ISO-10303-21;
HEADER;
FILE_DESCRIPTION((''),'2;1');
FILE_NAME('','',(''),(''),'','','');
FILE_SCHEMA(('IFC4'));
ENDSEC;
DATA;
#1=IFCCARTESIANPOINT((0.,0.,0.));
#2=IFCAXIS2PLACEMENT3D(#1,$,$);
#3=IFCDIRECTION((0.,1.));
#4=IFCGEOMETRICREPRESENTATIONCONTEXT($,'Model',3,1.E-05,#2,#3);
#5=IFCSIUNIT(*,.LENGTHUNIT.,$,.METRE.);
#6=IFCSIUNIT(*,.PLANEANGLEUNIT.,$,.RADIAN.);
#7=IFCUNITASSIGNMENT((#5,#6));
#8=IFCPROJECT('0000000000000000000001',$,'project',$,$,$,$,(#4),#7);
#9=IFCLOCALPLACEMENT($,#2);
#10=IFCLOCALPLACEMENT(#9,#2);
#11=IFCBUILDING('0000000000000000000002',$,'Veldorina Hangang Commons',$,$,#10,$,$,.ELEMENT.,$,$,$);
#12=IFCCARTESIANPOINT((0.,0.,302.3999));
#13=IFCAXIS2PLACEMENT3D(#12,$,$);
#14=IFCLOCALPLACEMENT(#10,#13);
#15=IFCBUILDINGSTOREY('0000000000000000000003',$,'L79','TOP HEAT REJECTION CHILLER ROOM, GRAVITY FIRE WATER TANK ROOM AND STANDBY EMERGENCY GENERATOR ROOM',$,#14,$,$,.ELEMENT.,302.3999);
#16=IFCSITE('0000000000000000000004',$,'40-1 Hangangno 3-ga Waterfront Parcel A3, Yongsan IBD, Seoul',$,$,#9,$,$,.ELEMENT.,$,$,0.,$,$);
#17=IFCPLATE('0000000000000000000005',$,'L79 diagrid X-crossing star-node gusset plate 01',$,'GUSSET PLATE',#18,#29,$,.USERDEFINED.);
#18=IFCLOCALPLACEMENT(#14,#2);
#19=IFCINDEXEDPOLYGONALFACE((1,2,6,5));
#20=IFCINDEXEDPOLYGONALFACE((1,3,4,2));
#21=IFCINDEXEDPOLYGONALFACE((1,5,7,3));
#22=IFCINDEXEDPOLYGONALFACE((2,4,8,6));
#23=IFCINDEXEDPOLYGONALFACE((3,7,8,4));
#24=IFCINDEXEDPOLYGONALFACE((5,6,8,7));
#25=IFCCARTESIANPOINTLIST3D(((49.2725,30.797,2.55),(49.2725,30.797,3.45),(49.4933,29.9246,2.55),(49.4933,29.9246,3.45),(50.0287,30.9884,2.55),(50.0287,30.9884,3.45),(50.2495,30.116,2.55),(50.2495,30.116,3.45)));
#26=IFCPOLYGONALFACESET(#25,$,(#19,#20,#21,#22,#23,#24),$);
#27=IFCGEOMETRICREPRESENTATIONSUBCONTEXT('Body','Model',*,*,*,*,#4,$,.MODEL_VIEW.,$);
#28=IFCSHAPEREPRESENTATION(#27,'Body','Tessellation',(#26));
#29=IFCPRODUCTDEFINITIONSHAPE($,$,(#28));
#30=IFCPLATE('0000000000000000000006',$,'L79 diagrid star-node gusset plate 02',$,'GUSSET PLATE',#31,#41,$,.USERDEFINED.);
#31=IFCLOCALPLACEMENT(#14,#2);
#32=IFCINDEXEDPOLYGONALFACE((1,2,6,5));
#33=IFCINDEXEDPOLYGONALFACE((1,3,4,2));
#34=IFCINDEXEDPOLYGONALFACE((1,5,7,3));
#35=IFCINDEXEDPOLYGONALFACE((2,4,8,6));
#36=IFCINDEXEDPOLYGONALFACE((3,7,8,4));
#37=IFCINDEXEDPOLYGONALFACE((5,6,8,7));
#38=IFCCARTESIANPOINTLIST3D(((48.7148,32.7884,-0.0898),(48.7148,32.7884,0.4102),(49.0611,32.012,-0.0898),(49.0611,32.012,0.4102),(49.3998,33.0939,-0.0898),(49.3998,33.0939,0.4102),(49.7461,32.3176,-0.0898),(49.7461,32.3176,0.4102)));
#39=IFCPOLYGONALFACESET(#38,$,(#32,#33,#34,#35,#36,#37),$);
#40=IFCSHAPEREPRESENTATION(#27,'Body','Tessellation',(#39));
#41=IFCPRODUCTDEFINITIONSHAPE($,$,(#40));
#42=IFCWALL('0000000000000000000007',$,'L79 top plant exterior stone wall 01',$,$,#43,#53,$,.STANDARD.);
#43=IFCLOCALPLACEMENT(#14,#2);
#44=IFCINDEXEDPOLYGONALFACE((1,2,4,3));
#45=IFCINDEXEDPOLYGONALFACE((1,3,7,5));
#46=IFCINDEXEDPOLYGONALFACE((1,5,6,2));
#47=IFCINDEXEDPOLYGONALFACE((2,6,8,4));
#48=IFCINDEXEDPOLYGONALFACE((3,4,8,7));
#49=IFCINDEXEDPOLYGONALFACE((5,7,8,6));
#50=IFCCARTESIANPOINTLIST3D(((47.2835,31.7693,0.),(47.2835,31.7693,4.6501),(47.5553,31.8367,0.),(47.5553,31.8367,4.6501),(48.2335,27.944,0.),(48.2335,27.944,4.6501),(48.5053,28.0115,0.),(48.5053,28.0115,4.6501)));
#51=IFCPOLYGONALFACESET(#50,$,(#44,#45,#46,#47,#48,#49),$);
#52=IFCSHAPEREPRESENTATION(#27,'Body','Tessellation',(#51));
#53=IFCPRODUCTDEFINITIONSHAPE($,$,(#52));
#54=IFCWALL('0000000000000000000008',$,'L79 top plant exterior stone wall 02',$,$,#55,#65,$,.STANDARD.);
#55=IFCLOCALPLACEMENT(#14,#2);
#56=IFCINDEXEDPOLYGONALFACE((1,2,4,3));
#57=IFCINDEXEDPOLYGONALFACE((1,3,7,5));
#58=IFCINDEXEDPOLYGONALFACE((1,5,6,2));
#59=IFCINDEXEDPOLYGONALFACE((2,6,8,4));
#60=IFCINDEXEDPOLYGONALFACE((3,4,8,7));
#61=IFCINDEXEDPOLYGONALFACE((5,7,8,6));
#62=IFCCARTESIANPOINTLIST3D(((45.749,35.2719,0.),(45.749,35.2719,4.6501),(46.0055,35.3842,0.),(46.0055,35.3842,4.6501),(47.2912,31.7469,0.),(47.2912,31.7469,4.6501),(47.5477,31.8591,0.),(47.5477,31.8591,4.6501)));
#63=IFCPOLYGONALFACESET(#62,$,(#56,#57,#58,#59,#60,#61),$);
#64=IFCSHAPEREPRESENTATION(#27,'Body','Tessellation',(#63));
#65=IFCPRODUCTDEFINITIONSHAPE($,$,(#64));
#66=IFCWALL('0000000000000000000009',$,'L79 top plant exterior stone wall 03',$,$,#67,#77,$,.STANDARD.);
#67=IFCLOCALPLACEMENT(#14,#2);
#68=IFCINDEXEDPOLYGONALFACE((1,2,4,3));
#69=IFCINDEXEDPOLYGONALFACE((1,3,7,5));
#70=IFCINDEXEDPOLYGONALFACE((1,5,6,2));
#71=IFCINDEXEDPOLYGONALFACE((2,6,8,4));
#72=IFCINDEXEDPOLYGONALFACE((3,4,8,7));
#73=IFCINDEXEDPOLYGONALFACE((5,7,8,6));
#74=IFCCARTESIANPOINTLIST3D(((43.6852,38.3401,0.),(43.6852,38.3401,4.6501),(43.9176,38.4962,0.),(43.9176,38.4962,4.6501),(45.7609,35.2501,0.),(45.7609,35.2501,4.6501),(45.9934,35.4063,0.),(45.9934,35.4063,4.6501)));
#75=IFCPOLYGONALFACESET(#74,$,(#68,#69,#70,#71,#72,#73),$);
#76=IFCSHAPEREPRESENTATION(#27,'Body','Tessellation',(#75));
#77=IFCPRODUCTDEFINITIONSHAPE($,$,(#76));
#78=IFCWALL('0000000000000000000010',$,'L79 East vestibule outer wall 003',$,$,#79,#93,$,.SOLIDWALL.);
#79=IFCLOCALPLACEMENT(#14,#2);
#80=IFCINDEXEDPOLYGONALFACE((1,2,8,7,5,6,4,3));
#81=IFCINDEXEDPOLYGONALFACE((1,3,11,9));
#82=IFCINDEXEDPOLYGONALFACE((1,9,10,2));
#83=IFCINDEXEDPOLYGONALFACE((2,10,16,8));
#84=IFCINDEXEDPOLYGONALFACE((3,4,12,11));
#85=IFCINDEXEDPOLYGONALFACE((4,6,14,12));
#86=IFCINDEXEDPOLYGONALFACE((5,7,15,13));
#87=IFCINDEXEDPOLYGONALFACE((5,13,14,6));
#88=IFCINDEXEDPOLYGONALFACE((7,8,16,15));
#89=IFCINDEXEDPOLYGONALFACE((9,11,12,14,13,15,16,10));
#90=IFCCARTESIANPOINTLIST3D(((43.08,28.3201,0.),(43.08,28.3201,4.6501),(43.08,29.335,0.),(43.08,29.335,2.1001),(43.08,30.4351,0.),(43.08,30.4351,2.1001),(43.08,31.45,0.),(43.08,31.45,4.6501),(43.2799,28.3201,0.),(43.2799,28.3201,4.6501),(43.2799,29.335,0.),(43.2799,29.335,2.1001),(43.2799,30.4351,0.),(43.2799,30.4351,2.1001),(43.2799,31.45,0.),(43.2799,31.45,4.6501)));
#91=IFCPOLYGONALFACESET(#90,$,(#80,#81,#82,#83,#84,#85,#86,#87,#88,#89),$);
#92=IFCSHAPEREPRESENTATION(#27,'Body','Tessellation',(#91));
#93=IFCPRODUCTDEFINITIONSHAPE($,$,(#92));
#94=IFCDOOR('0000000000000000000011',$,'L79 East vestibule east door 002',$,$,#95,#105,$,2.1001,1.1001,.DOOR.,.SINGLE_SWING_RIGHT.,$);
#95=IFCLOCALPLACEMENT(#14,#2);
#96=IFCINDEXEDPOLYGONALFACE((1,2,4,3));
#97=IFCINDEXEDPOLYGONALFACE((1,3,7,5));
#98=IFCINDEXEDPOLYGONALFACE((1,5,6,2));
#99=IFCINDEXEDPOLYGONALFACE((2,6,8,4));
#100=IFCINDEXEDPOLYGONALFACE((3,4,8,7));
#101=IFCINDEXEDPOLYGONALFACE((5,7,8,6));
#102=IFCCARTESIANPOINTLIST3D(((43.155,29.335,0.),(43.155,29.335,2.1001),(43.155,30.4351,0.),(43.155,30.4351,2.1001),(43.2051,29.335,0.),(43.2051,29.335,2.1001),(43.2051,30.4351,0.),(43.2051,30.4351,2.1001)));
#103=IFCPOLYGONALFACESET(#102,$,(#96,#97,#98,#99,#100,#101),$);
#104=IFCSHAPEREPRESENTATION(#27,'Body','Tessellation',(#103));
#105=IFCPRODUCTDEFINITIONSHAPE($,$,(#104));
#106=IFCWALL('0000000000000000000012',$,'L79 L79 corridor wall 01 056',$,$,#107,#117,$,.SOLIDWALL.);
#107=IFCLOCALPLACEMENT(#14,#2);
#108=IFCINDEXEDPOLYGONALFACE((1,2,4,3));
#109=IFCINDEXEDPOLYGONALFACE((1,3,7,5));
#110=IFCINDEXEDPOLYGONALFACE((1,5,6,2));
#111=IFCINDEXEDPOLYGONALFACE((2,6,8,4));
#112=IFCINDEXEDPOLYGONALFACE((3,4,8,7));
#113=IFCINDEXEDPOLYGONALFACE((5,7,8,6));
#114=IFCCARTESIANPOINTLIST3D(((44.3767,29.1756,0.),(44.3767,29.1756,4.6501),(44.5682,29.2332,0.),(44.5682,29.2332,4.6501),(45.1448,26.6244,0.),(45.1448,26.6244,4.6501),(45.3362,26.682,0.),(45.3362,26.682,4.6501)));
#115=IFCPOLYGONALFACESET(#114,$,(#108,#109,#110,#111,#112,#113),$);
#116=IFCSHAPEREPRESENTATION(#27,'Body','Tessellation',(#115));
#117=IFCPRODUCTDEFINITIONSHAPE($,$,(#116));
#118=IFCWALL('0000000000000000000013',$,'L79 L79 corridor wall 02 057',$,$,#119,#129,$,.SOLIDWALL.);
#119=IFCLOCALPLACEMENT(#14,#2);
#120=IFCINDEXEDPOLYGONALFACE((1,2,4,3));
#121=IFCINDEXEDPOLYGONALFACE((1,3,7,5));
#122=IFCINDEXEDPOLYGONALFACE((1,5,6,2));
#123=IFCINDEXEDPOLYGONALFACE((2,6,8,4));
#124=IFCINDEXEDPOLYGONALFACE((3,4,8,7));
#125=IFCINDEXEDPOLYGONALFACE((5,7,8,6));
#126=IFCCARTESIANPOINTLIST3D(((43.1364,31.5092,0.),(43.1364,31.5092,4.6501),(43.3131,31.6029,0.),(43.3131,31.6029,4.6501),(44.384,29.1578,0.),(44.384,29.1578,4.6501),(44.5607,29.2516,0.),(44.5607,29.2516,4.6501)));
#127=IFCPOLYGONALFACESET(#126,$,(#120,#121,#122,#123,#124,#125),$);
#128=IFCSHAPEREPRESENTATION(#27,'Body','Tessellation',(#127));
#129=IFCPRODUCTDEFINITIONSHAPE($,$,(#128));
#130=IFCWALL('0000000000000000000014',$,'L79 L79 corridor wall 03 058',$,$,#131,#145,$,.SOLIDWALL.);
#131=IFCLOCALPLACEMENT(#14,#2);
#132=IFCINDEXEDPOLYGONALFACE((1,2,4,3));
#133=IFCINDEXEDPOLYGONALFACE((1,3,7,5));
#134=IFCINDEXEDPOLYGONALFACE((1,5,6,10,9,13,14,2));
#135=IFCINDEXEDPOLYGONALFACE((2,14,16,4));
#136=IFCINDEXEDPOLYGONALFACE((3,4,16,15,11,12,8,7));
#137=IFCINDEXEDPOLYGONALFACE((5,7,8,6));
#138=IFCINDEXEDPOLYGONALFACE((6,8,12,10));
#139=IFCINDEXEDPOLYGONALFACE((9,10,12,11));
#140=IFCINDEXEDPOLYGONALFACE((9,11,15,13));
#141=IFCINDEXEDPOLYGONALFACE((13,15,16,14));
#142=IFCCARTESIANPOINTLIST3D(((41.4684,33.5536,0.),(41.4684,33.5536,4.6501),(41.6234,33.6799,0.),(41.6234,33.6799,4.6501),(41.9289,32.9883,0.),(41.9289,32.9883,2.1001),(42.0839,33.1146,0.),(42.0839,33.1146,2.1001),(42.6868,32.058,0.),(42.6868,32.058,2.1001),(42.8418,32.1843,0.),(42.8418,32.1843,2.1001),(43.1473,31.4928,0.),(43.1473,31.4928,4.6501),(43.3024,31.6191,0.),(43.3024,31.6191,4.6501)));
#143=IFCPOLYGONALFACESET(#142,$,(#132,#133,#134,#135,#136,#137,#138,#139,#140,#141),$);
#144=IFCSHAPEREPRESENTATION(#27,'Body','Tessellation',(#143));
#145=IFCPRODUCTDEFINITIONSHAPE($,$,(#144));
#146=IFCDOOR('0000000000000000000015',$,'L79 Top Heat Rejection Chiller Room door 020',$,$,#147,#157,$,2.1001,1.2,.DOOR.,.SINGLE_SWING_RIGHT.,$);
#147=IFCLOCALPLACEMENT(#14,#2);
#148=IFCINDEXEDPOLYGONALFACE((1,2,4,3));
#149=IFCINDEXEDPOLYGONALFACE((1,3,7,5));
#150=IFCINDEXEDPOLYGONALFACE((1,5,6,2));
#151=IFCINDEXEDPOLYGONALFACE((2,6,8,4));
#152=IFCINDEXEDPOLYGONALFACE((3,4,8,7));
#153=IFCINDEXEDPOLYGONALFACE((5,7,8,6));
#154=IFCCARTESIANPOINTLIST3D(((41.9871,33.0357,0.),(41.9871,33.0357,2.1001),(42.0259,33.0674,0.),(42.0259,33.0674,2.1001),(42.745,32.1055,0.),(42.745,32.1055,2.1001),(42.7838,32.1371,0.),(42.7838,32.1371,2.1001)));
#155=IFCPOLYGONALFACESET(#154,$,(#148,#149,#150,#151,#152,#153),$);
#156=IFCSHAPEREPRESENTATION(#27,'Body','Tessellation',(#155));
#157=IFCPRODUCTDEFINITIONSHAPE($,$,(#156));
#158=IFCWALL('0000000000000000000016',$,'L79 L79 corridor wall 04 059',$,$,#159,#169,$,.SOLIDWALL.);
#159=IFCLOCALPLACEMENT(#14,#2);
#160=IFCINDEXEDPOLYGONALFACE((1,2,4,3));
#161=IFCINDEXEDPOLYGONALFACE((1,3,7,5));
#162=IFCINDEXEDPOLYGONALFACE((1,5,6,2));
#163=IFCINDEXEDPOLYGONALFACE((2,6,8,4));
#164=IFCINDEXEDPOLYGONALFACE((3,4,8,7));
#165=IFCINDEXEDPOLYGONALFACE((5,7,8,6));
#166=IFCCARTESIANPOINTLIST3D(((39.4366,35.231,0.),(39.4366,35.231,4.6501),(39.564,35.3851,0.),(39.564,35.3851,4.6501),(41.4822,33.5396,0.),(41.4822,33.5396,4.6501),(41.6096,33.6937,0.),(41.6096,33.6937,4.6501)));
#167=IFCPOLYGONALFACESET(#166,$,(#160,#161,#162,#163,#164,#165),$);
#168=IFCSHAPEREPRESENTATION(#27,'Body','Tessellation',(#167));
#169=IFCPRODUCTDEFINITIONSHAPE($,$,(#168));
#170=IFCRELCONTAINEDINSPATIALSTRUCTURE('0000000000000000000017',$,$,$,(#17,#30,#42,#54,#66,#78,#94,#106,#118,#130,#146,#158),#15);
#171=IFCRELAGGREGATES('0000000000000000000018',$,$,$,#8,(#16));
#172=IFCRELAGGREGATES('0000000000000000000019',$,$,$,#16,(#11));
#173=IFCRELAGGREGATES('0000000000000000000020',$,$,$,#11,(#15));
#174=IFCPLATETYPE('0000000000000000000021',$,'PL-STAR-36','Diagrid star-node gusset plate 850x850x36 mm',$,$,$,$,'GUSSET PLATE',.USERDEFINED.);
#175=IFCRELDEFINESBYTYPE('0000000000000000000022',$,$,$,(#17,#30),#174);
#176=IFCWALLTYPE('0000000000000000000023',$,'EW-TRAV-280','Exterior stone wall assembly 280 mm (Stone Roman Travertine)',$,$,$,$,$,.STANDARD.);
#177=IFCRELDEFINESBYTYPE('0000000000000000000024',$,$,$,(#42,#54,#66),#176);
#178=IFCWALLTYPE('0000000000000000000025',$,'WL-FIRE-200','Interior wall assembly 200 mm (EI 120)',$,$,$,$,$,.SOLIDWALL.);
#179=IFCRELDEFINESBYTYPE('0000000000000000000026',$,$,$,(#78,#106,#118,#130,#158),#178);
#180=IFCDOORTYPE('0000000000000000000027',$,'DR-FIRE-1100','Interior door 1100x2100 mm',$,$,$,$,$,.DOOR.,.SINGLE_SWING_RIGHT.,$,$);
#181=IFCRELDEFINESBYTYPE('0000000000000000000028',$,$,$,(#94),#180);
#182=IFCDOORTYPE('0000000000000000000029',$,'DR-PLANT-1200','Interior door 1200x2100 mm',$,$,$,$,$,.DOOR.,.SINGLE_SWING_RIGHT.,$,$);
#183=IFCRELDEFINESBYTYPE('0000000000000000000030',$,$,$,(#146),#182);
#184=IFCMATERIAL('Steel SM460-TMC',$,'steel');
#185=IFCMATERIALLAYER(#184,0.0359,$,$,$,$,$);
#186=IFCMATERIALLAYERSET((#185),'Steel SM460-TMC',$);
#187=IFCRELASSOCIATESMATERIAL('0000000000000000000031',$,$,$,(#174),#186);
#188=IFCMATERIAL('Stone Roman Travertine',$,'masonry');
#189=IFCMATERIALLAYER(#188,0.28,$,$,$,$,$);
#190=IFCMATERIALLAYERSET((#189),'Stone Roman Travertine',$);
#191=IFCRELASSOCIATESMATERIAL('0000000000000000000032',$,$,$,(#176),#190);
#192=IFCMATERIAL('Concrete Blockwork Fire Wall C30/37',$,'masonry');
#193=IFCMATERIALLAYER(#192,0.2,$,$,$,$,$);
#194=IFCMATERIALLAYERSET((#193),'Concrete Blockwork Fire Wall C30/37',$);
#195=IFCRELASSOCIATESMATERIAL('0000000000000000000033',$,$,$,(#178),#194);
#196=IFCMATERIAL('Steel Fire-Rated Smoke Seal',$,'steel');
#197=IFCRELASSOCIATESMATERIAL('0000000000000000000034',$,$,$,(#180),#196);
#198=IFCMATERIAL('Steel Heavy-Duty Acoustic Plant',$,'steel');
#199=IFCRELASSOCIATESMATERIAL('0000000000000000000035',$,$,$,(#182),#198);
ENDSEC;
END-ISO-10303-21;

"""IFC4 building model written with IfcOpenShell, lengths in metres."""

from ifc_helpers import new_model, si_unit, direction, frame, frame_2d, origin, origin_2d, place, context, subcontext, project, spatial, rectangle, extrude, material, layer, layer_set, type_object, element, fill, save


model = new_model("IFC4")

# Units and contexts
model_context = context("Model", 3, precision=1e-05, world=origin(), true_north=direction((0.0, 1.0)))
body_context = subcontext(model_context, "Body", "Model", "MODEL_VIEW")
ifc_project = project(units=[si_unit("LENGTHUNIT", "METRE"), si_unit("PLANEANGLEUNIT", "RADIAN")], contexts=[model_context])

# Site, building, storey
site_placement = place(None, origin())
site = spatial("IfcSite", under=ifc_project, at=site_placement, Name="40-1 Hangangno 3-ga Waterfront Parcel A3, Yongsan IBD, Seoul", CompositionType="ELEMENT", RefElevation=0.0)
building_placement = place(site_placement, origin())
building = spatial("IfcBuilding", under=site, at=building_placement, Name="Veldorina Hangang Commons", CompositionType="ELEMENT")
storey_placement = place(building_placement, frame((0.0, 0.0, 302.3999)))
storey = spatial("IfcBuildingStorey", under=building, at=storey_placement, Name="L79", Description="TOP HEAT REJECTION CHILLER ROOM, GRAVITY FIRE WATER TANK ROOM AND STANDBY EMERGENCY GENERATOR ROOM", CompositionType="ELEMENT", Elevation=302.3999)

# Shared definitions
ifc_material_1 = material(Name="Steel SM460-TMC", Category="steel")

# Plates
ifc_layer_1 = layer(ifc_material_1, 0.0359)
ifc_layer_set_1 = layer_set([ifc_layer_1], Name="Steel SM460-TMC")
plate_type = type_object("IfcPlateType", Name="PL-STAR-36", Description="Diagrid star-node gusset plate 850x850x36 mm", ElementType="GUSSET PLATE", PredefinedType="USERDEFINED", material=ifc_layer_set_1)
plate_1_placement = place(storey_placement, frame((49.761, 30.4565, 2.55), z_axis=(0.0, 0.0, 1.0), x_axis=(-0.245375, 0.969428, 0.0)))
element("IfcPlate", 1, at=plate_1_placement, inside=storey, type_object=plate_type, Name="L79 diagrid X-crossing star-node gusset plate 01", ObjectType="GUSSET PLATE", PredefinedType="USERDEFINED", context=body_context, shape_type="SweptSolid", body=[
    extrude(rectangle(XDim=0.8999, YDim=0.78, at=origin_2d()), origin(), (0.0, 0.0, 1.0), 0.8999),
])
plate_2_placement = place(storey_placement, frame((49.2305, 32.553, -0.0898), z_axis=(0.0, 0.0, 1.0), x_axis=(-0.407358, 0.913268, 0.0)))
element("IfcPlate", 2, at=plate_2_placement, inside=storey, type_object=plate_type, Name="L79 diagrid star-node gusset plate 02", ObjectType="GUSSET PLATE", PredefinedType="USERDEFINED", context=body_context, shape_type="SweptSolid", body=[
    extrude(rectangle(XDim=0.8501, YDim=0.75, at=origin_2d()), origin(), (0.0, 0.0, 1.0), 0.5),
])

# Walls
ifc_material_2 = material(Name="Stone Roman Travertine", Category="masonry")
ifc_layer_2 = layer(ifc_material_2, 0.28)
ifc_layer_set_2 = layer_set([ifc_layer_2], Name="Stone Roman Travertine")
wall_type_1 = type_object("IfcWallType", Name="EW-TRAV-280", Description="Exterior stone wall assembly 280 mm (Stone Roman Travertine)", PredefinedType="STANDARD", material=ifc_layer_set_2)
wall_1_placement = place(storey_placement, frame((48.3694, 27.9778, 0.0), z_axis=(0.0, 0.0, 1.0), x_axis=(-0.24102, 0.97052, 0.0)))
element("IfcWall", 3, at=wall_1_placement, inside=storey, type_object=wall_type_1, Name="L79 top plant exterior stone wall 01", PredefinedType="STANDARD", context=body_context, shape_type="SweptSolid", body=[
    extrude(rectangle(XDim=3.9414, YDim=0.28, at=frame_2d((1.9707, 0.0))), origin(), (0.0, 0.0, 1.0), 4.6501),
])
wall_2_placement = place(storey_placement, frame((47.4194, 31.803, 0.0), z_axis=(0.0, 0.0, 1.0), x_axis=(-0.400816, 0.916159, 0.0)))
element("IfcWall", 4, at=wall_2_placement, inside=storey, type_object=wall_type_1, Name="L79 top plant exterior stone wall 02", PredefinedType="STANDARD", context=body_context, shape_type="SweptSolid", body=[
    extrude(rectangle(XDim=3.8477, YDim=0.28, at=frame_2d((1.9238, 0.0))), origin(), (0.0, 0.0, 1.0), 4.6501),
])
wall_3_placement = place(storey_placement, frame((45.8772, 35.3281, 0.0), z_axis=(0.0, 0.0, 1.0), x_axis=(-0.557633, 0.830088, 0.0)))
element("IfcWall", 5, at=wall_3_placement, inside=storey, type_object=wall_type_1, Name="L79 top plant exterior stone wall 03", PredefinedType="STANDARD", context=body_context, shape_type="SweptSolid", body=[
    extrude(rectangle(XDim=3.7224, YDim=0.28, at=frame_2d((1.8613, 0.0))), origin(), (0.0, 0.0, 1.0), 4.6501),
])

# Wall, opening, door
ifc_material_3 = material(Name="Concrete Blockwork Fire Wall C30/37", Category="masonry")
ifc_layer_3 = layer(ifc_material_3, 0.2)
ifc_layer_set_3 = layer_set([ifc_layer_3], Name="Concrete Blockwork Fire Wall C30/37")
wall_type_2 = type_object("IfcWallType", Name="WL-FIRE-200", Description="Interior wall assembly 200 mm (EI 120)", PredefinedType="SOLIDWALL", material=ifc_layer_set_3)
wall_4_placement = place(storey_placement, frame((43.1799, 28.3201, 0.0), z_axis=(0.0, 0.0, 1.0), x_axis=(0.0, 1.0, 0.0)))
wall_4 = element("IfcWall", 6, at=wall_4_placement, inside=storey, type_object=wall_type_2, Name="L79 East vestibule outer wall 003", PredefinedType="SOLIDWALL", context=body_context, shape_type="SweptSolid", body=[
    extrude(rectangle(XDim=3.1299, YDim=0.2, at=frame_2d((1.5649, 0.0))), origin(), (0.0, 0.0, 1.0), 4.6501),
])
opening_1_placement = place(wall_4_placement, frame((1.0149, 0.0, 0.0)))
opening_1 = element("IfcOpeningElement", 7, at=opening_1_placement, cuts=wall_4, PredefinedType="OPENING", context=body_context, shape_type="SweptSolid", body=[
    extrude(rectangle(XDim=1.1001, YDim=2.1001, at=frame_2d((0.55, 1.05))), frame((0.0, 0.1099, 0.0), z_axis=(0.0, -1.0, 0.0), x_axis=(1.0, 0.0, 0.0)), (0.0, 0.0, 1.0), 0.22),
])
ifc_material_4 = material(Name="Steel Fire-Rated Smoke Seal", Category="steel")
door_type_1 = type_object("IfcDoorType", Name="DR-FIRE-1100", Description="Interior door 1100x2100 mm", OperationType="SINGLE_SWING_RIGHT", PredefinedType="DOOR", material=ifc_material_4)
door_1_placement = place(opening_1_placement, origin())
door_1 = element("IfcDoor", 8, at=door_1_placement, inside=storey, type_object=door_type_1, Name="L79 East vestibule east door 002", OperationType="SINGLE_SWING_RIGHT", OverallHeight=2.1001, OverallWidth=1.1001, PredefinedType="DOOR", context=body_context, shape_type="SweptSolid", body=[
    extrude(rectangle(XDim=1.1001, YDim=2.1001, at=frame_2d((0.55, 1.05))), frame((0.0, 0.0249, 0.0), z_axis=(0.0, -1.0, 0.0), x_axis=(1.0, 0.0, 0.0)), (0.0, 0.0, 1.0), 0.05),
])
fill(opening_1, door_1)

# Walls
wall_5_placement = place(storey_placement, frame((45.2405, 26.6533, 0.0), z_axis=(0.0, 0.0, 1.0), x_axis=(-0.288272, 0.957548, 0.0)))
element("IfcWall", 9, at=wall_5_placement, inside=storey, type_object=wall_type_2, Name="L79 L79 corridor wall 01 056", PredefinedType="SOLIDWALL", context=body_context, shape_type="SweptSolid", body=[
    extrude(rectangle(XDim=2.6643, YDim=0.2, at=frame_2d((1.332, 0.0))), origin(), (0.0, 0.0, 1.0), 4.6501),
])
wall_6_placement = place(storey_placement, frame((44.4724, 29.2046, 0.0), z_axis=(0.0, 0.0, 1.0), x_axis=(-0.468692, 0.883361, 0.0)))
element("IfcWall", 10, at=wall_6_placement, inside=storey, type_object=wall_type_2, Name="L79 L79 corridor wall 02 057", PredefinedType="SOLIDWALL", context=body_context, shape_type="SweptSolid", body=[
    extrude(rectangle(XDim=2.6619, YDim=0.2, at=frame_2d((1.3311, 0.0))), origin(), (0.0, 0.0, 1.0), 4.6501),
])

# Wall, opening, door
wall_7_placement = place(storey_placement, frame((43.2249, 31.5559, 0.0), z_axis=(0.0, 0.0, 1.0), x_axis=(-0.631626, 0.775273, 0.0)))
wall_7 = element("IfcWall", 11, at=wall_7_placement, inside=storey, type_object=wall_type_2, Name="L79 L79 corridor wall 03 058", PredefinedType="SOLIDWALL", context=body_context, shape_type="SweptSolid", body=[
    extrude(rectangle(XDim=2.6582, YDim=0.2, at=frame_2d((1.3291, 0.0))), origin(), (0.0, 0.0, 1.0), 4.6501),
])
opening_2_placement = place(wall_7_placement, frame((0.729, 0.0, 0.0)))
opening_2 = element("IfcOpeningElement", 12, at=opening_2_placement, cuts=wall_7, PredefinedType="OPENING", context=body_context, shape_type="SweptSolid", body=[
    extrude(rectangle(XDim=1.2, YDim=2.1001, at=frame_2d((0.6001, 1.05))), frame((0.0, 0.1099, 0.0), z_axis=(0.0, -1.0, 0.0), x_axis=(1.0, 0.0, 0.0)), (0.0, 0.0, 1.0), 0.22),
])
ifc_material_5 = material(Name="Steel Heavy-Duty Acoustic Plant", Category="steel")
door_type_2 = type_object("IfcDoorType", Name="DR-PLANT-1200", Description="Interior door 1200x2100 mm", OperationType="SINGLE_SWING_RIGHT", PredefinedType="DOOR", material=ifc_material_5)
door_2_placement = place(opening_2_placement, origin())
door_2 = element("IfcDoor", 13, at=door_2_placement, inside=storey, type_object=door_type_2, Name="L79 Top Heat Rejection Chiller Room door 020", OperationType="SINGLE_SWING_RIGHT", OverallHeight=2.1001, OverallWidth=1.2, PredefinedType="DOOR", context=body_context, shape_type="SweptSolid", body=[
    extrude(rectangle(XDim=1.2, YDim=2.1001, at=frame_2d((0.6001, 1.05))), frame((0.0, 0.0249, 0.0), z_axis=(0.0, -1.0, 0.0), x_axis=(1.0, 0.0, 0.0)), (0.0, 0.0, 1.0), 0.05),
])
fill(opening_2, door_2)

# Wall
wall_8_placement = place(storey_placement, frame((41.5459, 33.6167, 0.0), z_axis=(0.0, 0.0, 1.0), x_axis=(-0.770681, 0.637221, 0.0)))
element("IfcWall", 14, at=wall_8_placement, inside=storey, type_object=wall_type_2, Name="L79 L79 corridor wall 04 059", PredefinedType="SOLIDWALL", context=body_context, shape_type="SweptSolid", body=[
    extrude(rectangle(XDim=2.6543, YDim=0.2, at=frame_2d((1.3271, 0.0))), origin(), (0.0, 0.0, 1.0), 4.6501),
])

save(model, "model.ifc")
